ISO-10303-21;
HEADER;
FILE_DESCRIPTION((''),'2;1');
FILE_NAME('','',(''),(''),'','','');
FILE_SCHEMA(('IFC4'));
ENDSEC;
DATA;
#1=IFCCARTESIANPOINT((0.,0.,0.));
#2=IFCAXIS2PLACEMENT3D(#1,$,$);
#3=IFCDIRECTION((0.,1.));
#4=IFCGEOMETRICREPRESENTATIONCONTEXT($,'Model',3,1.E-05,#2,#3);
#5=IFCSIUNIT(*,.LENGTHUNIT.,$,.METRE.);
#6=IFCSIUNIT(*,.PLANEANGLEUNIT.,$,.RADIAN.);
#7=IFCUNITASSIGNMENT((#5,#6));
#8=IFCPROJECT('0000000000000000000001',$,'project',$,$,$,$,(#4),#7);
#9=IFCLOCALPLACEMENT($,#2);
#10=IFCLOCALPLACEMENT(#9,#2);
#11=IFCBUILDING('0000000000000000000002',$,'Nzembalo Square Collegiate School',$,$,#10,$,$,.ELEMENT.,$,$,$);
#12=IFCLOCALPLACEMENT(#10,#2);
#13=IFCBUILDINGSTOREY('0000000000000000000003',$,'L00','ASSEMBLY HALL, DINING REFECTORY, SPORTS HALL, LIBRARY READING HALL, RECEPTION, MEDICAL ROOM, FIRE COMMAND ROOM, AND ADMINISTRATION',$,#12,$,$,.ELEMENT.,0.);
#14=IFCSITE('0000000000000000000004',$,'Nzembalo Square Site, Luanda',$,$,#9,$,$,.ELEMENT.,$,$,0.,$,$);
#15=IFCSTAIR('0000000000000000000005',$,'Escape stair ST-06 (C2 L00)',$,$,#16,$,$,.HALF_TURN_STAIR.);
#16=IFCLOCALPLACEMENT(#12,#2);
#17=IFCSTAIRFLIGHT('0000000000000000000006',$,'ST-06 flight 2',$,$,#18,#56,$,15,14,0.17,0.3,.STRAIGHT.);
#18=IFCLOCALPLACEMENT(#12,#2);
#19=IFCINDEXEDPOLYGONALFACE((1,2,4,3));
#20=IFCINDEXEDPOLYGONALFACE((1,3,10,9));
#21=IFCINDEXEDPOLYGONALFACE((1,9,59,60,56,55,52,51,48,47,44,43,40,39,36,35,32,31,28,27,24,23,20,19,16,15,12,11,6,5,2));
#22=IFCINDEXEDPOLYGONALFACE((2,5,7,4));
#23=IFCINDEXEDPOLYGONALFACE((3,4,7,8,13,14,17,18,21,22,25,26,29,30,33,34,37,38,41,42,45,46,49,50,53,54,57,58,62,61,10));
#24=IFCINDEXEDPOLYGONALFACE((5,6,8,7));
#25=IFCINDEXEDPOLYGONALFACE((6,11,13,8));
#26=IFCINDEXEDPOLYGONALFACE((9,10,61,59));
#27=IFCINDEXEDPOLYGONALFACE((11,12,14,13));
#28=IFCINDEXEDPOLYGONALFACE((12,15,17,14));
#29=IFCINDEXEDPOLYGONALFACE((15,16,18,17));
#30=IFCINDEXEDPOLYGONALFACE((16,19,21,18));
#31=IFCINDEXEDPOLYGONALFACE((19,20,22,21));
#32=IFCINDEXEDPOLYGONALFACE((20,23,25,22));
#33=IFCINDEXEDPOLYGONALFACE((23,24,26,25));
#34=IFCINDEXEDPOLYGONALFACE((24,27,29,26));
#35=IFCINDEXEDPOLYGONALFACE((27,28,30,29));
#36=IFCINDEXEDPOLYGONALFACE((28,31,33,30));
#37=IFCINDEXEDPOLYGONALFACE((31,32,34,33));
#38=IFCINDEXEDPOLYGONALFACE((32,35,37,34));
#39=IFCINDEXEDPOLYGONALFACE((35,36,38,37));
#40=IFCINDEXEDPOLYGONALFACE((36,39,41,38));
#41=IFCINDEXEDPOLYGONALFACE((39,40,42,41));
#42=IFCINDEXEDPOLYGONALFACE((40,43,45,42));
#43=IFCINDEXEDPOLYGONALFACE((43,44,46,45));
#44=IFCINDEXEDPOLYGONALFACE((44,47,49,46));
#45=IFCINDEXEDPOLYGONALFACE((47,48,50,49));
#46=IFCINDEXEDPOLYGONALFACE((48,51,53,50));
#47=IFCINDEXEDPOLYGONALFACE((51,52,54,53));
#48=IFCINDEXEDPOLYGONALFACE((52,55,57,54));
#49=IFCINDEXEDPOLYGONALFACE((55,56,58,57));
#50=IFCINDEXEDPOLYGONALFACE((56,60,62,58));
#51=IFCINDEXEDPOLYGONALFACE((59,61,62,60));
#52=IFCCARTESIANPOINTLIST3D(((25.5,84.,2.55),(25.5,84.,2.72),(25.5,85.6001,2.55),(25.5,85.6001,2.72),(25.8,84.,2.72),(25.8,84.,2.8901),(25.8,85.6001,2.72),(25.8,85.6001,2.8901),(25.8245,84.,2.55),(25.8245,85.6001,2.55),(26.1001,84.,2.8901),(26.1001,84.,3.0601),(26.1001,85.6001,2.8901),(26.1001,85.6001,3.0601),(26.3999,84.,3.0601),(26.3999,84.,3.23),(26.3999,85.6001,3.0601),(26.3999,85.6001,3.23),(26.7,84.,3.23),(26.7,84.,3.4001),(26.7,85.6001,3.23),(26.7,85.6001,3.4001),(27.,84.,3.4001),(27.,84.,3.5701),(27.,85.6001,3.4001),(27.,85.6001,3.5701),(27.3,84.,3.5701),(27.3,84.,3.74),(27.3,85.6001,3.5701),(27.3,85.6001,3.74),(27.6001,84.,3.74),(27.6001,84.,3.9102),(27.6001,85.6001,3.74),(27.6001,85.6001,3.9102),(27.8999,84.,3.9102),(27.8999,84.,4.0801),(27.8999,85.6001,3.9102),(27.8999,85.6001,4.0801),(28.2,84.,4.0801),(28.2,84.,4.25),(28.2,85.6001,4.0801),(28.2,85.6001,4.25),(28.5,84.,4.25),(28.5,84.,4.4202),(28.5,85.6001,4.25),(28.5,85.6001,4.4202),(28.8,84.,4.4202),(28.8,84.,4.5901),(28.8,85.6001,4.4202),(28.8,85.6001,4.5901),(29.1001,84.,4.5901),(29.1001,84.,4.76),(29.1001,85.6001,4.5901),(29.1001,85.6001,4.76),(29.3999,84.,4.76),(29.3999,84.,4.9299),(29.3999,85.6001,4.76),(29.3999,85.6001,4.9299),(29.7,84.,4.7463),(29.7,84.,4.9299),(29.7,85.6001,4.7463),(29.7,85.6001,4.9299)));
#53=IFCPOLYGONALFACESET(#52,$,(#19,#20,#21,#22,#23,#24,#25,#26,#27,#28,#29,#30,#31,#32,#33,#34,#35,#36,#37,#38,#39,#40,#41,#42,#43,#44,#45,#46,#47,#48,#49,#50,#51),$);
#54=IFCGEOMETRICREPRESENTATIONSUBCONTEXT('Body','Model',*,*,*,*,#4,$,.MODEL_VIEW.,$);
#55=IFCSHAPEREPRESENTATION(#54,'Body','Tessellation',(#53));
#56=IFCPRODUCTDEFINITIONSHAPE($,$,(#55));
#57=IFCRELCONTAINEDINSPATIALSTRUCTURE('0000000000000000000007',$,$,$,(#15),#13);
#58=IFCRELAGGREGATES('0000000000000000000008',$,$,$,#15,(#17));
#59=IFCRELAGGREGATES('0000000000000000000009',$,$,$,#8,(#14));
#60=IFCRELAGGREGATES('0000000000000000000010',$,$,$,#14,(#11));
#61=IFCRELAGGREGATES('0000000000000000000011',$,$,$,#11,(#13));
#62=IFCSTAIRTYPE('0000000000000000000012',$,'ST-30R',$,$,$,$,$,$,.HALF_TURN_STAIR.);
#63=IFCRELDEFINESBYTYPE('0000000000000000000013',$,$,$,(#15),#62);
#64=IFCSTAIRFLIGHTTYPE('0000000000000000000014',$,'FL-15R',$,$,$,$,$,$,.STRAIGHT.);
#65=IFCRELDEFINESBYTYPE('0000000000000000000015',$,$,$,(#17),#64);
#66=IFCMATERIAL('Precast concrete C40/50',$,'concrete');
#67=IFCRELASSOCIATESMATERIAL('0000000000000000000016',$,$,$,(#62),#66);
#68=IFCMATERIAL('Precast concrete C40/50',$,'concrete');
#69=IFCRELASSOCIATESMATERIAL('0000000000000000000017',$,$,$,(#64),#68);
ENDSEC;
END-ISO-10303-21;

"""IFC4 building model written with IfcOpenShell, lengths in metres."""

from ifc_helpers import new_model, si_unit, direction, frame, origin, place, context, subcontext, project, spatial, polyline, outline, extrude, material, type_object, element, aggregate, save


model = new_model("IFC4")

# Units and contexts
model_context = context("Model", 3, precision=1e-05, world=origin(), true_north=direction((0.0, 1.0)))
body_context = subcontext(model_context, "Body", "Model", "MODEL_VIEW")
ifc_project = project(units=[si_unit("LENGTHUNIT", "METRE"), si_unit("PLANEANGLEUNIT", "RADIAN")], contexts=[model_context])

# Site, building, storey
site_placement = place(None, origin())
site = spatial("IfcSite", under=ifc_project, at=site_placement, Name="Nzembalo Square Site, Luanda", CompositionType="ELEMENT", RefElevation=0.0)
building_placement = place(site_placement, origin())
building = spatial("IfcBuilding", under=site, at=building_placement, Name="Nzembalo Square Collegiate School", CompositionType="ELEMENT")
storey_placement = place(building_placement, origin())
storey = spatial("IfcBuildingStorey", under=building, at=storey_placement, Name="L00", Description="ASSEMBLY HALL, DINING REFECTORY, SPORTS HALL, LIBRARY READING HALL, RECEPTION, MEDICAL ROOM, FIRE COMMAND ROOM, AND ADMINISTRATION", CompositionType="ELEMENT", Elevation=0.0)

# Stair, stair flight
ifc_material_1 = material(Name="Precast concrete C40/50", Category="concrete")
stair_type = type_object("IfcStairType", Name="ST-30R", PredefinedType="HALF_TURN_STAIR", material=ifc_material_1)
stair_placement = place(storey_placement, origin())
stair = element("IfcStair", 1, at=stair_placement, inside=storey, type_object=stair_type, Name="Escape stair ST-06 (C2 L00)", PredefinedType="HALF_TURN_STAIR")
ifc_material_2 = material(Name="Precast concrete C40/50", Category="concrete")
stair_flight_type = type_object("IfcStairFlightType", Name="FL-15R", PredefinedType="STRAIGHT", material=ifc_material_2)
stair_flight_1_placement = place(storey_placement, frame((25.5, 84.8, 2.55), z_axis=(0.0, 0.0, 1.0), x_axis=(1.0, 0.0, 0.0)))
stair_flight_1 = element("IfcStairFlight", 2, at=stair_flight_1_placement, type_object=stair_flight_type, Name="ST-06 flight 2", NumberOfRisers=15, NumberOfTreads=14, PredefinedType="STRAIGHT", RiserHeight=0.17, TreadLength=0.3, context=body_context, shape_type="SweptSolid", body=[
    extrude(outline(polyline([(0.0, 0.0), (0.0, 0.1699), (0.3, 0.1699), (0.3, 0.3401), (0.6001, 0.3401), (0.6001, 0.51), (0.8999, 0.51), (0.8999, 0.6799), (1.2, 0.6799), (1.2, 0.8501), (1.5, 0.8501), (1.5, 1.02), (1.8, 1.02), (1.8, 1.1899), (2.1001, 1.1899), (2.1001, 1.3601), (2.3999, 1.3601), (2.3999, 1.53), (2.7, 1.53), (2.7, 1.7), (3.0, 1.7), (3.0, 1.8701), (3.3, 1.8701), (3.3, 2.04), (3.6001, 2.04), (3.6001, 2.21), (3.8999, 2.21), (3.8999, 2.3799), (4.2, 2.3799), (4.2, 2.55), (4.2, 2.1963), (0.3245, 0.0), (0.0, 0.0)])), frame((0.0, 0.8, 0.0), z_axis=(0.0, -1.0, 0.0), x_axis=(1.0, 0.0, 0.0)), (0.0, 0.0, 1.0), 1.6001),
])
aggregate(stair, [stair_flight_1])

save(model, "model.ifc")
